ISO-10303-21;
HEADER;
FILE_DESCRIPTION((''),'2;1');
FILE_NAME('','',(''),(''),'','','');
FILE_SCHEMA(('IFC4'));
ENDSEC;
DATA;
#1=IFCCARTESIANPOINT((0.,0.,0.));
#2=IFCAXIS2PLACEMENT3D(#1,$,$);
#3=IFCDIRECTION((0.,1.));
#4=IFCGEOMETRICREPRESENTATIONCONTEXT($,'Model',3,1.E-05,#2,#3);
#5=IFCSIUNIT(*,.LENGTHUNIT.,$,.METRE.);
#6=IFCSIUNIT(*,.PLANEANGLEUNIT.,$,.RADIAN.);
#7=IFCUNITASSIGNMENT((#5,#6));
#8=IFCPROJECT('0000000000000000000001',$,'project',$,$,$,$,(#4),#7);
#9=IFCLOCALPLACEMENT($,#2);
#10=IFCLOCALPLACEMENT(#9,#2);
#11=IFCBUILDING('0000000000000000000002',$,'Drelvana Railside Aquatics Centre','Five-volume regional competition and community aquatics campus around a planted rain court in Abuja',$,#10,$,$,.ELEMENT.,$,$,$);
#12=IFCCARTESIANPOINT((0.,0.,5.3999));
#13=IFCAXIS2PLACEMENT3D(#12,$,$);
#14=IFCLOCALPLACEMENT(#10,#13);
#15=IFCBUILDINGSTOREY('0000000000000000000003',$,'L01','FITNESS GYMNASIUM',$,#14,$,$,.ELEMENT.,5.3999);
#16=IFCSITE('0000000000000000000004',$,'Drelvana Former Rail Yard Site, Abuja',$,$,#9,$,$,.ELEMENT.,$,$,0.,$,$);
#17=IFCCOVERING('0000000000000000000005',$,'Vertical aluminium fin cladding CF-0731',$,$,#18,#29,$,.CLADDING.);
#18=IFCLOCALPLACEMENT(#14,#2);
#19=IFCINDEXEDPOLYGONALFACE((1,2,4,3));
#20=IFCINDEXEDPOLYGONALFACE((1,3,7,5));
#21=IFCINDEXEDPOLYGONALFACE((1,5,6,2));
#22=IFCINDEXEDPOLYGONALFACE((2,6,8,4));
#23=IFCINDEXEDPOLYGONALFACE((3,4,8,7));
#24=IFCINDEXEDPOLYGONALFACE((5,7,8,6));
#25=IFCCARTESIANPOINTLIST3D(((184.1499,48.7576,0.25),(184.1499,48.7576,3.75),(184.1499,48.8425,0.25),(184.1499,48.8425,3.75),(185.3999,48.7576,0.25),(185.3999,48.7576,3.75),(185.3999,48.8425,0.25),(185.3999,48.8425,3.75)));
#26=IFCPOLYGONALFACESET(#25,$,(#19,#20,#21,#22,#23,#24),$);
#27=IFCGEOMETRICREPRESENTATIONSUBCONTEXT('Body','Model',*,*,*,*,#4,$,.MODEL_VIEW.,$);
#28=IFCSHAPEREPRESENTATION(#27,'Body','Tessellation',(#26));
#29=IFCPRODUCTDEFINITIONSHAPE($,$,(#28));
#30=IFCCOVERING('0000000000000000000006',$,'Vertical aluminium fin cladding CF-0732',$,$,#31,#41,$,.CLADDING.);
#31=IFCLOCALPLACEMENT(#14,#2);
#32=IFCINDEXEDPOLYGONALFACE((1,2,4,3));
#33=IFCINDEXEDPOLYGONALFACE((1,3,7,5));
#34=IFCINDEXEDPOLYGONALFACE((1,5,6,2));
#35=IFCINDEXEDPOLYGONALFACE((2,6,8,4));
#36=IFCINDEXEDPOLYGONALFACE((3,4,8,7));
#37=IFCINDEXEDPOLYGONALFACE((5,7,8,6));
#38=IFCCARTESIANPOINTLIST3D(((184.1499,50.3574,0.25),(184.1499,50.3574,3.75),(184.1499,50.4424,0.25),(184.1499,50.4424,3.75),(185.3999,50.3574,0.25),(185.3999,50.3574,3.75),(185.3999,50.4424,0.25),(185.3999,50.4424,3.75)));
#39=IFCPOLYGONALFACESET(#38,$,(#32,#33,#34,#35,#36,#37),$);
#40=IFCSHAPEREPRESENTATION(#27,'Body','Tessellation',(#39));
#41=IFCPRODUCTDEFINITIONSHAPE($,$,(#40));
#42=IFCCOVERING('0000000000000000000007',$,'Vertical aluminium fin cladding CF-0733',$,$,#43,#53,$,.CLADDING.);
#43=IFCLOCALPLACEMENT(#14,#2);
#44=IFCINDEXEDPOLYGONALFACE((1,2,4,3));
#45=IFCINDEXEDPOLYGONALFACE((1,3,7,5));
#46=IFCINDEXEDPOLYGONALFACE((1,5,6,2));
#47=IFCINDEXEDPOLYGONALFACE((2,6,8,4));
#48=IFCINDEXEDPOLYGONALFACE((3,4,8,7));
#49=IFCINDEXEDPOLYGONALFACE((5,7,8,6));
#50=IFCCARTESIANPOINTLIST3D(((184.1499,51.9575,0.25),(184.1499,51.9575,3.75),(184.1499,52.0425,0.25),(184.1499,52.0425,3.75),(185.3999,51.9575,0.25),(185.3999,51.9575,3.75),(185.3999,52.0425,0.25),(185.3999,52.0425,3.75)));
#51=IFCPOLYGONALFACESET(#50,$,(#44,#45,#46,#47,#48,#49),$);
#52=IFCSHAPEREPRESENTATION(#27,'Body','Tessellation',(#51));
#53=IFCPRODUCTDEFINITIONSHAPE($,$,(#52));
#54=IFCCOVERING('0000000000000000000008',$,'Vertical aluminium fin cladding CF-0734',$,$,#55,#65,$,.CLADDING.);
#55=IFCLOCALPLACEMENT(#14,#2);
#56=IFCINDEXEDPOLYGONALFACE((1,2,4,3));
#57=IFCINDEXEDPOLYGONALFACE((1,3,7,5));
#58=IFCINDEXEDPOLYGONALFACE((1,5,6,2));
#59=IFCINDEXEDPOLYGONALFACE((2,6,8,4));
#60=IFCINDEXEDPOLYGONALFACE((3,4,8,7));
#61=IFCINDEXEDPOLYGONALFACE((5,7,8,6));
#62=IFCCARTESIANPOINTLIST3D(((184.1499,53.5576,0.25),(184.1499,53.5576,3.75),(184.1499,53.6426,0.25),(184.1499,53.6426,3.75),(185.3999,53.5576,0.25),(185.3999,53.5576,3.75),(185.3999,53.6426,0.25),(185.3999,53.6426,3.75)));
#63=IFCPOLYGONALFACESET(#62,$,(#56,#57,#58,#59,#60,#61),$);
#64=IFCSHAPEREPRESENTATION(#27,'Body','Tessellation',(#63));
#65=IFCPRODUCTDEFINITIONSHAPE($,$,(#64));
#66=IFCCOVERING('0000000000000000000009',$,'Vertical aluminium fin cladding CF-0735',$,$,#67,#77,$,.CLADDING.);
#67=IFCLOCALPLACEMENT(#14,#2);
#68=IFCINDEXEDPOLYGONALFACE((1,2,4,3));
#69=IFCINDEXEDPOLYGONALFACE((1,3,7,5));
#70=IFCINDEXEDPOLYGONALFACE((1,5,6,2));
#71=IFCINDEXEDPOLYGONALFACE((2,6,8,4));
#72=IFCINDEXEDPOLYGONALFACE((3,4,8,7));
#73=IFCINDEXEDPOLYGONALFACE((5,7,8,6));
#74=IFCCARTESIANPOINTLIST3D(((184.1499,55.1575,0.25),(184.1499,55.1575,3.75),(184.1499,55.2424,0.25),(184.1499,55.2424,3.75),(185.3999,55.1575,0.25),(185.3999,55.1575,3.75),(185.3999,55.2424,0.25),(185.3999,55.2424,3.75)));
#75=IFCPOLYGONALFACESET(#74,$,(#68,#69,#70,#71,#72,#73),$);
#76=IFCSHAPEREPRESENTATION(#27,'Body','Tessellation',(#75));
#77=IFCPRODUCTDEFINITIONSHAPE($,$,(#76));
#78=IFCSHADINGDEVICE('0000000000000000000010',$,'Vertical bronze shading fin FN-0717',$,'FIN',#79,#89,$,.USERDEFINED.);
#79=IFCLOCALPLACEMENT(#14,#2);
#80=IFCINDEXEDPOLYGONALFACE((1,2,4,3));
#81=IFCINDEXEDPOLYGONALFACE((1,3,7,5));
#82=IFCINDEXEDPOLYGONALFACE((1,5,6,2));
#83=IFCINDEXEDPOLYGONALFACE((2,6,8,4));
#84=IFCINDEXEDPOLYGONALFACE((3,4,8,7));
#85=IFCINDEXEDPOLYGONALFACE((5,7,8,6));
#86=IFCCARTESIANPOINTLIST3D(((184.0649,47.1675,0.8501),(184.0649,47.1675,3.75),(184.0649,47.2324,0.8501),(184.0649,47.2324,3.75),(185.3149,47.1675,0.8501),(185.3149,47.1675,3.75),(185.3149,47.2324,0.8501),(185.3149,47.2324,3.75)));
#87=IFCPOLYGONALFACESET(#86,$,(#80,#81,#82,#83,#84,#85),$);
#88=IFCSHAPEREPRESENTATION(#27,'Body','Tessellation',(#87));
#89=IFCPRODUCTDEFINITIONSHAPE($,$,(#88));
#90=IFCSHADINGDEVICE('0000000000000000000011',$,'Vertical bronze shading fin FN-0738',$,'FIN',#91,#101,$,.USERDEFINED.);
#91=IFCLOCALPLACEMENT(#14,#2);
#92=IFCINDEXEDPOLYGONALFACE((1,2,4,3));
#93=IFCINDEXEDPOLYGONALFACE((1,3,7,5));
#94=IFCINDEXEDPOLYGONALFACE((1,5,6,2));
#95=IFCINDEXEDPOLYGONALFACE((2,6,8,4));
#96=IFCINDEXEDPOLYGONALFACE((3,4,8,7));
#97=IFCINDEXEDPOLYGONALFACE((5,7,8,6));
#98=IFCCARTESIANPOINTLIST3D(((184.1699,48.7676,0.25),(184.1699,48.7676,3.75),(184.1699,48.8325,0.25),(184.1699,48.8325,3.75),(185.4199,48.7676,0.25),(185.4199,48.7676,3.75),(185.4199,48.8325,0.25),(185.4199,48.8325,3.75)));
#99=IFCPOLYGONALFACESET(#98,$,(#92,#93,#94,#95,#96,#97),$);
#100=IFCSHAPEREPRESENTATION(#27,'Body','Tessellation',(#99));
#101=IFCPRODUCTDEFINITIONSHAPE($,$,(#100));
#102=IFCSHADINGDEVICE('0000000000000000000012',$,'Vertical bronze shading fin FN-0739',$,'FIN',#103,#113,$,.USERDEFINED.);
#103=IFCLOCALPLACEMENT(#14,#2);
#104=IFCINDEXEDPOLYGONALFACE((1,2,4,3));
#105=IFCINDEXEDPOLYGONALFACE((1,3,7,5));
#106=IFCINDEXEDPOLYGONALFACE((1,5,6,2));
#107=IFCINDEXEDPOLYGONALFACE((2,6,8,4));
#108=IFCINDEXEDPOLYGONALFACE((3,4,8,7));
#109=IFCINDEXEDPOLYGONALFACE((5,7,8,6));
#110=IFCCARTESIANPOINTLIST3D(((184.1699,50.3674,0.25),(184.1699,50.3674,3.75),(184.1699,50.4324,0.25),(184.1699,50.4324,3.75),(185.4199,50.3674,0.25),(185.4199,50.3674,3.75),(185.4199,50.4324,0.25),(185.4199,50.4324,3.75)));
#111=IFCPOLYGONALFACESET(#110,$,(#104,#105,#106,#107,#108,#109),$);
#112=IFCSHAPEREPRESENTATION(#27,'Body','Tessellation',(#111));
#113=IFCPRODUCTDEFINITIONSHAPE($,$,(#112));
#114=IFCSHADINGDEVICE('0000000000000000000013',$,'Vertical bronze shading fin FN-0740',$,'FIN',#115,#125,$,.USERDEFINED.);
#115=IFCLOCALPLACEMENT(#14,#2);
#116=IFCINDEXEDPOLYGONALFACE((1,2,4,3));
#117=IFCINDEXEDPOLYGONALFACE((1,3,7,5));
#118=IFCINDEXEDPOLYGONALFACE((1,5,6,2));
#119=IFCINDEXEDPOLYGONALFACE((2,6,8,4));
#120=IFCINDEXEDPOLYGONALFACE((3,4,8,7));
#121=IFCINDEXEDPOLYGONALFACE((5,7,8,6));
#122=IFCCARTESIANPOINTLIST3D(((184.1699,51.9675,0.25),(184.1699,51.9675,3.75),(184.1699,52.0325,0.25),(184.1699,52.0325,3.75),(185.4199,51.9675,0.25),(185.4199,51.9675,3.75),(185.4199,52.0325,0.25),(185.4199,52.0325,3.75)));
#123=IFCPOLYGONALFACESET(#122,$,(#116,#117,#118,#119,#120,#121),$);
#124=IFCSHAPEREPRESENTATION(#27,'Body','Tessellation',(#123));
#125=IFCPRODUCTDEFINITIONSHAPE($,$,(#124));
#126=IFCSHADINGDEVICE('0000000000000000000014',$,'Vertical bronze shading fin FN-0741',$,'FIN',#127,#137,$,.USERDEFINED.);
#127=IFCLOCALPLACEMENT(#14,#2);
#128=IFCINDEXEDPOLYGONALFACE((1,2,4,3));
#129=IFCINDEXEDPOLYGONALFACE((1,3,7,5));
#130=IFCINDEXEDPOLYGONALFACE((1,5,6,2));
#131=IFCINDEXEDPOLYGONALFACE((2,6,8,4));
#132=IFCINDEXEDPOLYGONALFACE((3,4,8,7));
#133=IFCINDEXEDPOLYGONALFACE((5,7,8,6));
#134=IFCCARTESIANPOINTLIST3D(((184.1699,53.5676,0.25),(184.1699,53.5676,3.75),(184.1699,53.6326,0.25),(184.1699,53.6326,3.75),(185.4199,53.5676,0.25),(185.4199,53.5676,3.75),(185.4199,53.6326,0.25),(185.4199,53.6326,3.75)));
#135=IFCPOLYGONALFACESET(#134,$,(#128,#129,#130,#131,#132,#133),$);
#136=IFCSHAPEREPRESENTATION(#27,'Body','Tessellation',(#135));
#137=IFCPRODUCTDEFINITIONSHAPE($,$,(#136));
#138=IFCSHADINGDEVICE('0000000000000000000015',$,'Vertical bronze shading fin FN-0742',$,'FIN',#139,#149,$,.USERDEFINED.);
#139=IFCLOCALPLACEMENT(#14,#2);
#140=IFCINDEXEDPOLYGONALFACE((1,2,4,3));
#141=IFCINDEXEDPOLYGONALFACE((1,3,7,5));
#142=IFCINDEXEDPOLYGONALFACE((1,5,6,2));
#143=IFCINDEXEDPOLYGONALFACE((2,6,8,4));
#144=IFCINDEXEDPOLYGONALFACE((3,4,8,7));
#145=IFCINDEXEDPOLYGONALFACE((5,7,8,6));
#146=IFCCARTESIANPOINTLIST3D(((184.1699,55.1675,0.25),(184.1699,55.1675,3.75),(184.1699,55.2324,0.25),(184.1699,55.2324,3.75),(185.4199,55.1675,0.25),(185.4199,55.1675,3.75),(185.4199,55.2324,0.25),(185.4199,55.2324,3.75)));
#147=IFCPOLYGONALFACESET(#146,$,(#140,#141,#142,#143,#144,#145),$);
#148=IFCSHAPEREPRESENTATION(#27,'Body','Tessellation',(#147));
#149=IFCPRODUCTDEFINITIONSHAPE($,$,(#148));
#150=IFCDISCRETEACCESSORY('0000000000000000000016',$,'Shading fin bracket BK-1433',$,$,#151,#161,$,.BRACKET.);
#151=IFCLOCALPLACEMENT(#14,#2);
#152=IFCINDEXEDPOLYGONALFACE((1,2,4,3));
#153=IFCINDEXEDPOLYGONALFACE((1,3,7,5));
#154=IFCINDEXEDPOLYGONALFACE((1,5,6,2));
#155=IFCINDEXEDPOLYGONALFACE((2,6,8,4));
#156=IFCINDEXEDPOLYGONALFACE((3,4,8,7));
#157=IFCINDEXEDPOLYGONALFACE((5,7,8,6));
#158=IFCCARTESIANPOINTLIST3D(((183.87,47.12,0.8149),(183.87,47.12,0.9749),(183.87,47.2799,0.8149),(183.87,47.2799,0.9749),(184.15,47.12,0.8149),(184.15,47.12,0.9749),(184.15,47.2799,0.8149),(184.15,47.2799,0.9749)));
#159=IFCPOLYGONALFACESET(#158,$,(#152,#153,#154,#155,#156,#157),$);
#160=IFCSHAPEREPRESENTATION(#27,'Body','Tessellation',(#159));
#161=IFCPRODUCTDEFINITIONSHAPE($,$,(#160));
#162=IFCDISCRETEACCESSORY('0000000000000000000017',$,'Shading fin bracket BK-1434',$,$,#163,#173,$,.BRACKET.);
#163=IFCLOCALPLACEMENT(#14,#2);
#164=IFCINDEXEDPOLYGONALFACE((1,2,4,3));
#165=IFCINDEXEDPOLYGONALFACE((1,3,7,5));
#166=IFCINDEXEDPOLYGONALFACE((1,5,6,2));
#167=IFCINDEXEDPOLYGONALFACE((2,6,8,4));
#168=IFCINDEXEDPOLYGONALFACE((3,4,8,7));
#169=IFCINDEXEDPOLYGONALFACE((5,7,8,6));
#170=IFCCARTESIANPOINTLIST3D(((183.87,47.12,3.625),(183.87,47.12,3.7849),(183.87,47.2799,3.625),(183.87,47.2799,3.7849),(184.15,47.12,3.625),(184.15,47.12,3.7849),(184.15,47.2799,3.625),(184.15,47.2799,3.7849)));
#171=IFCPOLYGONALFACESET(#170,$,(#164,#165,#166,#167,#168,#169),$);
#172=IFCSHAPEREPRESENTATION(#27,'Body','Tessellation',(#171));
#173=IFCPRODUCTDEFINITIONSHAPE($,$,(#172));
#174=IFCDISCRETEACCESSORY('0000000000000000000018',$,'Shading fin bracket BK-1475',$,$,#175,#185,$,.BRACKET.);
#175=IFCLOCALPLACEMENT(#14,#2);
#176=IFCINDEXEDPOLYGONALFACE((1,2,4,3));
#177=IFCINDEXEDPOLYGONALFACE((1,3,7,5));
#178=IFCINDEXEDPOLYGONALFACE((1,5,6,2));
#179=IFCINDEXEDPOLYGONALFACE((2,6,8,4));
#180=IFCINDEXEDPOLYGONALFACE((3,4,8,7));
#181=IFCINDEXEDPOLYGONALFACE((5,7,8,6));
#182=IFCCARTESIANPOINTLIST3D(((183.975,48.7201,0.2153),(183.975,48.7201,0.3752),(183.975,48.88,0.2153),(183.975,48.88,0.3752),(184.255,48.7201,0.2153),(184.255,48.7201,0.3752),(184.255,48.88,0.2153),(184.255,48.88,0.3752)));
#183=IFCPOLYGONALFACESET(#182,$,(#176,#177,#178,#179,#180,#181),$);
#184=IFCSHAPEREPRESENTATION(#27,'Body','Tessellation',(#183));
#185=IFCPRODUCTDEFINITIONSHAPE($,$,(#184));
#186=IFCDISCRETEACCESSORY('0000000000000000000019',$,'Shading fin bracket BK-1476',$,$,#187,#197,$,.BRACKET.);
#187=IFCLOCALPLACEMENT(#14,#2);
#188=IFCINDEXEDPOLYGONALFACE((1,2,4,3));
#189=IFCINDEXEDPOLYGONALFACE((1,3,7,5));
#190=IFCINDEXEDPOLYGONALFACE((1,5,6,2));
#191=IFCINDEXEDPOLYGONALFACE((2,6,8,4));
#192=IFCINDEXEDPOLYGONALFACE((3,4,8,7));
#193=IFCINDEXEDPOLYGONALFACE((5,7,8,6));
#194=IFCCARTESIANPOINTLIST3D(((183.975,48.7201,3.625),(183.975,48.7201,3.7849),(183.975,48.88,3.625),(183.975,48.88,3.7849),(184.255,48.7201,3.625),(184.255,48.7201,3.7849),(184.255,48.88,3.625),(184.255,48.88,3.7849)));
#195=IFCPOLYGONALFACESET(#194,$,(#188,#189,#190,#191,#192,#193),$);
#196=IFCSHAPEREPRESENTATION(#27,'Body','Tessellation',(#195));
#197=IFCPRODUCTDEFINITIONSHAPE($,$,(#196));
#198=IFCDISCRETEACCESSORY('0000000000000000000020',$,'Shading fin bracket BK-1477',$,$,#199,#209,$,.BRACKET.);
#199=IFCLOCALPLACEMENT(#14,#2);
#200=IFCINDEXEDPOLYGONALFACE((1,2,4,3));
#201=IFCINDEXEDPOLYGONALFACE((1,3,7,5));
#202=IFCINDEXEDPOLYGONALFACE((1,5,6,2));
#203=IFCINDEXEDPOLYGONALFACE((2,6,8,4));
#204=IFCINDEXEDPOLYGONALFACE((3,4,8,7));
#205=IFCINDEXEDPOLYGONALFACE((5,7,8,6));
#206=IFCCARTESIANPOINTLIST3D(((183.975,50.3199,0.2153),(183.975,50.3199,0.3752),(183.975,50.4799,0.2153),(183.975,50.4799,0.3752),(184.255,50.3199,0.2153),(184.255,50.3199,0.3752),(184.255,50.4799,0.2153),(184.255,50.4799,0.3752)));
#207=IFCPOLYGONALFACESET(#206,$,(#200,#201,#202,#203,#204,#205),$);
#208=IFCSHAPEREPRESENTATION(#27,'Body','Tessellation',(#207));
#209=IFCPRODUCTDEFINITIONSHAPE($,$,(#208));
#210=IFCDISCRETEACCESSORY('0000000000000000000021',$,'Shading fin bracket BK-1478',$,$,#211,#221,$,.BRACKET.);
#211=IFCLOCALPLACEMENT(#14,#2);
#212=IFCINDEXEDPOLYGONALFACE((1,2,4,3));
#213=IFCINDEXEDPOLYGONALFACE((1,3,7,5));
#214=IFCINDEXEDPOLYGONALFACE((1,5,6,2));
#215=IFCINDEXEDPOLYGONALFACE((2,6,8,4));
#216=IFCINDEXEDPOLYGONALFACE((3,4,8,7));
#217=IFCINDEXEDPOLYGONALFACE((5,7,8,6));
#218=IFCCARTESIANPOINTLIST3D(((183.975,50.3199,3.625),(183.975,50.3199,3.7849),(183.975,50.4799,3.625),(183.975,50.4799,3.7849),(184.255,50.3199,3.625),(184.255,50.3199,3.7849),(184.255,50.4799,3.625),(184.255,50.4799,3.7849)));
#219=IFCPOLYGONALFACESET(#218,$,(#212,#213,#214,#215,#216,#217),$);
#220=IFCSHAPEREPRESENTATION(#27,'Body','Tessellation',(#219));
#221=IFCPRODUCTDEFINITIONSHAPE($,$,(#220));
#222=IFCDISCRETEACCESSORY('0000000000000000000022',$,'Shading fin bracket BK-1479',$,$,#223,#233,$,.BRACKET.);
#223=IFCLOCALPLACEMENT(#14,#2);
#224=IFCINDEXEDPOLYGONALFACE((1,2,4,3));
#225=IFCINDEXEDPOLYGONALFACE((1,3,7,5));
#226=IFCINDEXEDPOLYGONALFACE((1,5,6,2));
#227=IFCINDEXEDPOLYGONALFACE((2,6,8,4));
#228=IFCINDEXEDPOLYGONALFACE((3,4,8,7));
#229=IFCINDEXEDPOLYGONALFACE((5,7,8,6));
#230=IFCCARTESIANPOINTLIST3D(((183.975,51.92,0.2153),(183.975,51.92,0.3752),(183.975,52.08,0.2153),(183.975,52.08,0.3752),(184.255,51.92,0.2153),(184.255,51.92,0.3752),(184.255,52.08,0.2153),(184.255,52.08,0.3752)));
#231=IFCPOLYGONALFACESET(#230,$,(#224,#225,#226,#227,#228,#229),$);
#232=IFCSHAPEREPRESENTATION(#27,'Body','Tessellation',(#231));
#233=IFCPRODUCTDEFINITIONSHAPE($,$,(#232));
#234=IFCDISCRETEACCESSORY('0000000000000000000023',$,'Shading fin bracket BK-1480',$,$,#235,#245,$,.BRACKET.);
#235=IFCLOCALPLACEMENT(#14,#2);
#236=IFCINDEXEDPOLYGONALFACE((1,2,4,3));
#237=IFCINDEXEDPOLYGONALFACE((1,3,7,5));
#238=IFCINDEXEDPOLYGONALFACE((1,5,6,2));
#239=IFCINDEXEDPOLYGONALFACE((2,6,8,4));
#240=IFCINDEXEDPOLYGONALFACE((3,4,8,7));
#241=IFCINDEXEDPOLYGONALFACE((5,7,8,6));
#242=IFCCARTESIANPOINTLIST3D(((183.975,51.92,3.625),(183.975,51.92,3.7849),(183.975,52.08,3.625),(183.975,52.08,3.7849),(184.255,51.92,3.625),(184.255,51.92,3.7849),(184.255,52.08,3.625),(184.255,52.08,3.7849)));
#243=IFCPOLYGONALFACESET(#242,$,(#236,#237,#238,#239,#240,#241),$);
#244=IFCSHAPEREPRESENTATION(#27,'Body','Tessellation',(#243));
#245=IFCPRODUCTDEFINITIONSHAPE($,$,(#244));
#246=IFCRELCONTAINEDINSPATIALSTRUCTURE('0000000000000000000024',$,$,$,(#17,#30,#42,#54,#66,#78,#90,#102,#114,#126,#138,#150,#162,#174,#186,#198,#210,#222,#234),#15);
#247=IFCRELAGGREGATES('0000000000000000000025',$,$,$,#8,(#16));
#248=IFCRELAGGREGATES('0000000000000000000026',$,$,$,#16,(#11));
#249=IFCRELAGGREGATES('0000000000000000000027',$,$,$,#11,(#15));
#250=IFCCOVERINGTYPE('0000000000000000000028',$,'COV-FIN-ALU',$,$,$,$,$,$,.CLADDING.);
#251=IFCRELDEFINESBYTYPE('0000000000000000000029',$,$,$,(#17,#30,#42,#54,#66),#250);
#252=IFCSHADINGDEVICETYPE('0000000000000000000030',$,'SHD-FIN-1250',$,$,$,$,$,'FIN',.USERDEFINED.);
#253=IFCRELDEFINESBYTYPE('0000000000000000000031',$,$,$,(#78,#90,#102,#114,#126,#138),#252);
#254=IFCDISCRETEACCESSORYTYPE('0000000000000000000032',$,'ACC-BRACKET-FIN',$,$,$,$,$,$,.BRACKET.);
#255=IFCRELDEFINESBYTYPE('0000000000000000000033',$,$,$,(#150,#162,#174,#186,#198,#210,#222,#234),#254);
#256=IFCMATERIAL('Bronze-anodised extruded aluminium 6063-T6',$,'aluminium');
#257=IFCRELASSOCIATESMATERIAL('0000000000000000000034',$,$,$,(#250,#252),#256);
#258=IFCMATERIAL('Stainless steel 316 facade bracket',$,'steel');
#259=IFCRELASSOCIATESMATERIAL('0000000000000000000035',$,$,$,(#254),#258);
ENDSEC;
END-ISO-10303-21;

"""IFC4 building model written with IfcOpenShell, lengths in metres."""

from ifc_helpers import new_model, si_unit, direction, frame, origin, origin_2d, place, context, subcontext, project, spatial, rectangle, extrude, material, type_object, element, save


model = new_model("IFC4")

# Units and contexts
model_context = context("Model", 3, precision=1e-05, world=origin(), true_north=direction((0.0, 1.0)))
body_context = subcontext(model_context, "Body", "Model", "MODEL_VIEW")
ifc_project = project(units=[si_unit("LENGTHUNIT", "METRE"), si_unit("PLANEANGLEUNIT", "RADIAN")], contexts=[model_context])

# Site, building, storey
site_placement = place(None, origin())
site = spatial("IfcSite", under=ifc_project, at=site_placement, Name="Drelvana Former Rail Yard Site, Abuja", CompositionType="ELEMENT", RefElevation=0.0)
building_placement = place(site_placement, origin())
building = spatial("IfcBuilding", under=site, at=building_placement, Name="Drelvana Railside Aquatics Centre", Description="Five-volume regional competition and community aquatics campus around a planted rain court in Abuja", CompositionType="ELEMENT")
storey_placement = place(building_placement, frame((0.0, 0.0, 5.3999)))
storey = spatial("IfcBuildingStorey", under=building, at=storey_placement, Name="L01", Description="FITNESS GYMNASIUM", CompositionType="ELEMENT", Elevation=5.3999)

# Coverings
ifc_material_1 = material(Name="Bronze-anodised extruded aluminium 6063-T6", Category="aluminium")
covering_type = type_object("IfcCoveringType", Name="COV-FIN-ALU", PredefinedType="CLADDING", material=ifc_material_1)
for number, where, z_axis, x_axis, name in (
    (1, (184.7749, 48.8, 0.25), (0.0, 0.0, 1.0), (0.0, -1.0, 0.0), "Vertical aluminium fin cladding CF-0731"),
    (2, (184.7749, 50.3999, 0.25), (0.0, 0.0, 1.0), (0.0, -1.0, 0.0), "Vertical aluminium fin cladding CF-0732"),
    (3, (184.7749, 52.0, 0.25), (0.0, 0.0, 1.0), (0.0, -1.0, 0.0), "Vertical aluminium fin cladding CF-0733"),
    (4, (184.7749, 53.6001, 0.25), (0.0, 0.0, 1.0), (0.0, -1.0, 0.0), "Vertical aluminium fin cladding CF-0734"),
    (5, (184.7749, 55.2, 0.25), (0.0, 0.0, 1.0), (0.0, -1.0, 0.0), "Vertical aluminium fin cladding CF-0735"),
):
    element("IfcCovering", number, at=place(storey_placement, frame(where, z_axis=z_axis, x_axis=x_axis)), inside=storey, type_object=covering_type, Name=name, PredefinedType="CLADDING", context=body_context, shape_type="SweptSolid", body=[
        extrude(rectangle(XDim=0.085, YDim=1.25, at=origin_2d()), origin(), (0.0, 0.0, 1.0), 3.5),
    ])

# Shading devices
shading_device_type = type_object("IfcShadingDeviceType", Name="SHD-FIN-1250", ElementType="FIN", PredefinedType="USERDEFINED", material=ifc_material_1)
shading_device_placement = place(storey_placement, frame((184.6899, 47.2, 0.8501), z_axis=(0.0, 0.0, 1.0), x_axis=(1.0, 0.0, 0.0)))
element("IfcShadingDevice", 6, at=shading_device_placement, inside=storey, type_object=shading_device_type, Name="Vertical bronze shading fin FN-0717", ObjectType="FIN", PredefinedType="USERDEFINED", context=body_context, shape_type="SweptSolid", body=[
    extrude(rectangle(XDim=1.25, YDim=0.0649, at=origin_2d()), origin(), (0.0, 0.0, 1.0), 2.8999),
])
for number, where, z_axis, x_axis, name in (
    (7, (184.7949, 48.8, 0.25), (0.0, 0.0, 1.0), (1.0, 0.0, 0.0), "Vertical bronze shading fin FN-0738"),
    (8, (184.7949, 50.3999, 0.25), (0.0, 0.0, 1.0), (1.0, 0.0, 0.0), "Vertical bronze shading fin FN-0739"),
    (9, (184.7949, 52.0, 0.25), (0.0, 0.0, 1.0), (1.0, 0.0, 0.0), "Vertical bronze shading fin FN-0740"),
    (10, (184.7949, 53.6001, 0.25), (0.0, 0.0, 1.0), (1.0, 0.0, 0.0), "Vertical bronze shading fin FN-0741"),
    (11, (184.7949, 55.2, 0.25), (0.0, 0.0, 1.0), (1.0, 0.0, 0.0), "Vertical bronze shading fin FN-0742"),
):
    element("IfcShadingDevice", number, at=place(storey_placement, frame(where, z_axis=z_axis, x_axis=x_axis)), inside=storey, type_object=shading_device_type, Name=name, ObjectType="FIN", PredefinedType="USERDEFINED", context=body_context, shape_type="SweptSolid", body=[
        extrude(rectangle(XDim=1.25, YDim=0.0649, at=origin_2d()), origin(), (0.0, 0.0, 1.0), 3.5),
    ])

# Discrete accessories
ifc_material_2 = material(Name="Stainless steel 316 facade bracket", Category="steel")
discrete_accessory_type = type_object("IfcDiscreteAccessoryType", Name="ACC-BRACKET-FIN", PredefinedType="BRACKET", material=ifc_material_2)
for number, where, z_axis, x_axis, name in (
    (12, (184.01, 47.2, 0.8149), (0.0, 0.0, 1.0), (1.0, 0.0, 0.0), "Shading fin bracket BK-1433"),
    (13, (184.01, 47.2, 3.625), (0.0, 0.0, 1.0), (1.0, 0.0, 0.0), "Shading fin bracket BK-1434"),
    (14, (184.115, 48.8, 0.2153), (0.0, 0.0, 1.0), (1.0, 0.0, 0.0), "Shading fin bracket BK-1475"),
    (15, (184.115, 48.8, 3.625), (0.0, 0.0, 1.0), (1.0, 0.0, 0.0), "Shading fin bracket BK-1476"),
    (16, (184.115, 50.3999, 0.2153), (0.0, 0.0, 1.0), (1.0, 0.0, 0.0), "Shading fin bracket BK-1477"),
    (17, (184.115, 50.3999, 3.625), (0.0, 0.0, 1.0), (1.0, 0.0, 0.0), "Shading fin bracket BK-1478"),
    (18, (184.115, 52.0, 0.2153), (0.0, 0.0, 1.0), (1.0, 0.0, 0.0), "Shading fin bracket BK-1479"),
    (19, (184.115, 52.0, 3.625), (0.0, 0.0, 1.0), (1.0, 0.0, 0.0), "Shading fin bracket BK-1480"),
):
    element("IfcDiscreteAccessory", number, at=place(storey_placement, frame(where, z_axis=z_axis, x_axis=x_axis)), inside=storey, type_object=discrete_accessory_type, Name=name, PredefinedType="BRACKET", context=body_context, shape_type="SweptSolid", body=[
        extrude(rectangle(XDim=0.28, YDim=0.1599, at=origin_2d()), origin(), (0.0, 0.0, 1.0), 0.1599),
    ])

save(model, "model.ifc")
